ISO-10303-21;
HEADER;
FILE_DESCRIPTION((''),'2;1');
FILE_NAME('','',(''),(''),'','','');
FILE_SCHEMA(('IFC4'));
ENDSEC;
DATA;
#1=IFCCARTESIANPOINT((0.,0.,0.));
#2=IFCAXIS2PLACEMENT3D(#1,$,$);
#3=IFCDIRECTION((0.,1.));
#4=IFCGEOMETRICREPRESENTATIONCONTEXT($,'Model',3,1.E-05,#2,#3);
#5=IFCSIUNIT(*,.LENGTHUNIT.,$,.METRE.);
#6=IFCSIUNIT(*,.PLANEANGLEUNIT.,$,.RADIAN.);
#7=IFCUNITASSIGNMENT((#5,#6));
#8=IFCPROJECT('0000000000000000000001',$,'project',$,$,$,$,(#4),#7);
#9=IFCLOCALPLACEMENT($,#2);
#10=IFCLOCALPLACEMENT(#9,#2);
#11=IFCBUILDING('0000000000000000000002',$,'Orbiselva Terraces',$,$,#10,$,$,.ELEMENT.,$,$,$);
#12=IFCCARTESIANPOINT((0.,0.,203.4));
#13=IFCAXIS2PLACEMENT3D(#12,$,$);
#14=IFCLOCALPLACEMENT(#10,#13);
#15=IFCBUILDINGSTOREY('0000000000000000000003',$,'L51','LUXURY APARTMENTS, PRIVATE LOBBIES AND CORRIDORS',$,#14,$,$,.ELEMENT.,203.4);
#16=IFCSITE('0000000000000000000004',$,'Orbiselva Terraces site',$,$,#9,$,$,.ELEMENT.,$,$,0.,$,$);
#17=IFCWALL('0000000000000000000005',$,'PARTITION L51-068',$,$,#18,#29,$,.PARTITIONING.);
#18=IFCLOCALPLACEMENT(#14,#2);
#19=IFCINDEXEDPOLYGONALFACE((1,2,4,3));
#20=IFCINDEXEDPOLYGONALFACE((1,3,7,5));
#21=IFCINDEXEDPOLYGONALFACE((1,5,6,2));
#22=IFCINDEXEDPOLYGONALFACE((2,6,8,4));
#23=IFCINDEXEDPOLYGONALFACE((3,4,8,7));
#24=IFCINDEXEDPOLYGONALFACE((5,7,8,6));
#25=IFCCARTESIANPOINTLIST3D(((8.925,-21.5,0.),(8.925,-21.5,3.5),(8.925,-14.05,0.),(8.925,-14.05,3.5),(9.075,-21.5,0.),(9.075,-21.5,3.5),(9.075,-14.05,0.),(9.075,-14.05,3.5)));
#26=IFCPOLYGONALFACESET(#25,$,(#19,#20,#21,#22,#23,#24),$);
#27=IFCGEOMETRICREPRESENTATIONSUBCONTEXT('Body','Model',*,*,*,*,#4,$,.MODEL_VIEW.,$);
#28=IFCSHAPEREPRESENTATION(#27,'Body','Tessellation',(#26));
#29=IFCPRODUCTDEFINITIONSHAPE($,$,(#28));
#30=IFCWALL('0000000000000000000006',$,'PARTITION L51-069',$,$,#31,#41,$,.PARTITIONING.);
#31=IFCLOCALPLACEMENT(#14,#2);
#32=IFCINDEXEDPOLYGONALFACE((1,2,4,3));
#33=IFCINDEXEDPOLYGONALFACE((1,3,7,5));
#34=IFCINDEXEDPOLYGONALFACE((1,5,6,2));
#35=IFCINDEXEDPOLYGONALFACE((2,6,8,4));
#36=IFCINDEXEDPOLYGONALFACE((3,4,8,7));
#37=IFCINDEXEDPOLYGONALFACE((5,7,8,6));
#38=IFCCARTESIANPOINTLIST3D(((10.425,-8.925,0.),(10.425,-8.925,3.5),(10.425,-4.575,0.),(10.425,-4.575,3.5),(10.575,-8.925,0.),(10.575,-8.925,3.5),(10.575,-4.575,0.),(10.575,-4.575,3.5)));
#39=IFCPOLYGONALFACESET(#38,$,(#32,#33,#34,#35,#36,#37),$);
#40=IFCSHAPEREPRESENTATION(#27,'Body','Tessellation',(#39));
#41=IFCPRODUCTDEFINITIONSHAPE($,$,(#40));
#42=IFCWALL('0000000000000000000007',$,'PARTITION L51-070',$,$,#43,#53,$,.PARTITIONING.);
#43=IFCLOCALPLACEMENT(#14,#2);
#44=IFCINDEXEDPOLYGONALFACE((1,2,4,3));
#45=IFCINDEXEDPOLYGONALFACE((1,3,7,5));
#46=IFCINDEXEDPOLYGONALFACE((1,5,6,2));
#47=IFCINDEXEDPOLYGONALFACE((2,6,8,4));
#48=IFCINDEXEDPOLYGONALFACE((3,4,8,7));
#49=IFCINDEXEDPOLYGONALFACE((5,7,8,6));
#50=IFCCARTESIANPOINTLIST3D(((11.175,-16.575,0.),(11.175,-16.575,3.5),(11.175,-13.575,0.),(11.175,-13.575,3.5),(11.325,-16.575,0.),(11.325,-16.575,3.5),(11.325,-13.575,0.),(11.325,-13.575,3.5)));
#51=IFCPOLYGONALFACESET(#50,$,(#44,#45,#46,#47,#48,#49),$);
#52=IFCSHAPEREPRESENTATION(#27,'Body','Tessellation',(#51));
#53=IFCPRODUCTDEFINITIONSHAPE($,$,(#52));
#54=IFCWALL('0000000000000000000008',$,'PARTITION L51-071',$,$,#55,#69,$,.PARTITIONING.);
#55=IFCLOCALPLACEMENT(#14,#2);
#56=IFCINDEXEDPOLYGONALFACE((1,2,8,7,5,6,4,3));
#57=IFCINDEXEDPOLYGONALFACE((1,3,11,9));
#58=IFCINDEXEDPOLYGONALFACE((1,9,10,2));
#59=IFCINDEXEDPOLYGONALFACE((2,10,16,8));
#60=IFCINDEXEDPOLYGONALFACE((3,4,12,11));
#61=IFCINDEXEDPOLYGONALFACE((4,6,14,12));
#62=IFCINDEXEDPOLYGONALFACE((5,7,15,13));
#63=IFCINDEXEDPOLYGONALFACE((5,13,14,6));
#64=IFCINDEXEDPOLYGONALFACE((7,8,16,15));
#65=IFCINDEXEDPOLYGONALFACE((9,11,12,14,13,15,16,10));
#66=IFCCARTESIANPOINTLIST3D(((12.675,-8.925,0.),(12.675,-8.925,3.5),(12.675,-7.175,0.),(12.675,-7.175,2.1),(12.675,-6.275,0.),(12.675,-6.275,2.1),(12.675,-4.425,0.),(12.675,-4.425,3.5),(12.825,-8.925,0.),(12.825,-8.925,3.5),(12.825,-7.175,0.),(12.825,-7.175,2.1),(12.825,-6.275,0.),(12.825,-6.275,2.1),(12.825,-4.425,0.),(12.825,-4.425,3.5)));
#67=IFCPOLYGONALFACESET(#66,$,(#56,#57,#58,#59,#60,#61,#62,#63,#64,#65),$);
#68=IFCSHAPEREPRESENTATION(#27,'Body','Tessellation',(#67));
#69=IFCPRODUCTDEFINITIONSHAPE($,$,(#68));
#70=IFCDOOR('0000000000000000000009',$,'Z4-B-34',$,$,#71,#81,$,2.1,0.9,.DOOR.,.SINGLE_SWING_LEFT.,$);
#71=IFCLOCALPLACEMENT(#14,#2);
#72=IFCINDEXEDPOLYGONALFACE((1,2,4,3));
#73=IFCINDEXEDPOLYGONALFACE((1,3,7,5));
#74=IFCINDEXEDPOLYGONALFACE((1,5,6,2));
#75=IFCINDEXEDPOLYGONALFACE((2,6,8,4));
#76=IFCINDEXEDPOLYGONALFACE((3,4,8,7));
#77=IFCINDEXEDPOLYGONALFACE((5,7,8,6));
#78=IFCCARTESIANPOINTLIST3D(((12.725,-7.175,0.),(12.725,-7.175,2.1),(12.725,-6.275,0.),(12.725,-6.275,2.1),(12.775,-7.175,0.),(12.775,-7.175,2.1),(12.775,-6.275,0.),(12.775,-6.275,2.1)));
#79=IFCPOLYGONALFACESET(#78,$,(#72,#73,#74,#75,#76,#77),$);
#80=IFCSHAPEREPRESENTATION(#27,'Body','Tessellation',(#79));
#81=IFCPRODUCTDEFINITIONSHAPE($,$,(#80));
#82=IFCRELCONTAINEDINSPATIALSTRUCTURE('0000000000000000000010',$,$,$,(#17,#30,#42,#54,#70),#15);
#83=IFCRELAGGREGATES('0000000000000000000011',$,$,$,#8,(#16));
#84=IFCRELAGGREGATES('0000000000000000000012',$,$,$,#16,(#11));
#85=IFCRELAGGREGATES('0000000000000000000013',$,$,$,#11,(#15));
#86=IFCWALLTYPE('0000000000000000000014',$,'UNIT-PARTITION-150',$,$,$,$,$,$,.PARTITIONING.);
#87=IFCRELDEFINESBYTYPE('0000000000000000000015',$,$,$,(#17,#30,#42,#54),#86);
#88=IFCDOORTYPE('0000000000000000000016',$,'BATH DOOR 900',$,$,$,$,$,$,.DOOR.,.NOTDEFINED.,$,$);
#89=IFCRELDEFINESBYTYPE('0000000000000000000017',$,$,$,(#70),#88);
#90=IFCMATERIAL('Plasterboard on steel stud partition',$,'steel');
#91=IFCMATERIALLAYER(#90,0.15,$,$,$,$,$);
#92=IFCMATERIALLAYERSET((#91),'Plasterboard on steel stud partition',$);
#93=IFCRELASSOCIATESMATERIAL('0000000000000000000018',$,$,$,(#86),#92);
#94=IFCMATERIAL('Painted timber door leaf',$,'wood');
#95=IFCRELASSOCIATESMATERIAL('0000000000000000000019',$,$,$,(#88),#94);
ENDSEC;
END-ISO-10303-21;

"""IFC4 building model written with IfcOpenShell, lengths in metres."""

from ifc_helpers import new_model, si_unit, direction, frame, frame_2d, origin, place, context, subcontext, project, spatial, rectangle, extrude, material, layer, layer_set, type_object, element, fill, save


model = new_model("IFC4")

# Units and contexts
model_context = context("Model", 3, precision=1e-05, world=origin(), true_north=direction((0.0, 1.0)))
body_context = subcontext(model_context, "Body", "Model", "MODEL_VIEW")
ifc_project = project(units=[si_unit("LENGTHUNIT", "METRE"), si_unit("PLANEANGLEUNIT", "RADIAN")], contexts=[model_context])

# Site, building, storey
site_placement = place(None, origin())
site = spatial("IfcSite", under=ifc_project, at=site_placement, Name="Orbiselva Terraces site", CompositionType="ELEMENT", RefElevation=0.0)
building_placement = place(site_placement, origin())
building = spatial("IfcBuilding", under=site, at=building_placement, Name="Orbiselva Terraces", CompositionType="ELEMENT")
storey_placement = place(building_placement, frame((0.0, 0.0, 203.4)))
storey = spatial("IfcBuildingStorey", under=building, at=storey_placement, Name="L51", Description="LUXURY APARTMENTS, PRIVATE LOBBIES AND CORRIDORS", CompositionType="ELEMENT", Elevation=203.4)

# Shared definitions
ifc_material_1 = material(Name="Plasterboard on steel stud partition", Category="steel")
ifc_layer_1 = layer(ifc_material_1, 0.15)
ifc_layer_set_1 = layer_set([ifc_layer_1], Name="Plasterboard on steel stud partition")
wall_type_1 = type_object("IfcWallType", Name="UNIT-PARTITION-150", PredefinedType="PARTITIONING", material=ifc_layer_set_1)

# Shared definitions
ifc_material_2 = material(Name="Painted timber door leaf", Category="wood")
door_type_1 = type_object("IfcDoorType", Name="BATH DOOR 900", OperationType="NOTDEFINED", PredefinedType="DOOR", material=ifc_material_2)

# Walls
wall_1_placement = place(storey_placement, frame((9.0, -21.5, 0.0), z_axis=(0.0, 0.0, 1.0), x_axis=(0.0, 1.0, 0.0)))
element("IfcWall", 1, at=wall_1_placement, inside=storey, type_object=wall_type_1, Name="PARTITION L51-068", PredefinedType="PARTITIONING", context=body_context, shape_type="SweptSolid", body=[
    extrude(rectangle(XDim=7.45, YDim=0.15, at=frame_2d((3.725, 0.0))), origin(), (0.0, 0.0, 1.0), 3.5),
])
wall_2_placement = place(storey_placement, frame((10.5, -8.925, 0.0), z_axis=(0.0, 0.0, 1.0), x_axis=(0.0, 1.0, 0.0)))
element("IfcWall", 2, at=wall_2_placement, inside=storey, type_object=wall_type_1, Name="PARTITION L51-069", PredefinedType="PARTITIONING", context=body_context, shape_type="SweptSolid", body=[
    extrude(rectangle(XDim=4.35, YDim=0.15, at=frame_2d((2.175, 0.0))), origin(), (0.0, 0.0, 1.0), 3.5),
])
wall_3_placement = place(storey_placement, frame((11.25, -16.575, 0.0), z_axis=(0.0, 0.0, 1.0), x_axis=(0.0, 1.0, 0.0)))
element("IfcWall", 3, at=wall_3_placement, inside=storey, type_object=wall_type_1, Name="PARTITION L51-070", PredefinedType="PARTITIONING", context=body_context, shape_type="SweptSolid", body=[
    extrude(rectangle(XDim=3.0, YDim=0.15, at=frame_2d((1.5, 0.0))), origin(), (0.0, 0.0, 1.0), 3.5),
])

# Wall, opening, door
wall_4_placement = place(storey_placement, frame((12.75, -8.925, 0.0), z_axis=(0.0, 0.0, 1.0), x_axis=(0.0, 1.0, 0.0)))
wall_4 = element("IfcWall", 4, at=wall_4_placement, inside=storey, type_object=wall_type_1, Name="PARTITION L51-071", PredefinedType="PARTITIONING", context=body_context, shape_type="SweptSolid", body=[
    extrude(rectangle(XDim=4.5, YDim=0.15, at=frame_2d((2.25, 0.0))), origin(), (0.0, 0.0, 1.0), 3.5),
])
opening_1_placement = place(wall_4_placement, frame((1.75, 0.0, 0.0)))
opening_1 = element("IfcOpeningElement", 5, at=opening_1_placement, cuts=wall_4, PredefinedType="OPENING", context=body_context, shape_type="SweptSolid", body=[
    extrude(rectangle(XDim=0.9, YDim=2.1, at=frame_2d((0.45, 1.05))), frame((0.0, 0.085, 0.0), z_axis=(0.0, -1.0, 0.0), x_axis=(1.0, 0.0, 0.0)), (0.0, 0.0, 1.0), 0.17),
])
door_1_placement = place(opening_1_placement, origin())
door_1 = element("IfcDoor", 6, at=door_1_placement, inside=storey, type_object=door_type_1, Name="Z4-B-34", OperationType="SINGLE_SWING_LEFT", OverallHeight=2.1, OverallWidth=0.9, PredefinedType="DOOR", context=body_context, shape_type="SweptSolid", body=[
    extrude(rectangle(XDim=0.9, YDim=2.1, at=frame_2d((0.45, 1.05))), frame((0.0, 0.025, 0.0), z_axis=(0.0, -1.0, 0.0), x_axis=(1.0, 0.0, 0.0)), (0.0, 0.0, 1.0), 0.05),
])
fill(opening_1, door_1)

save(model, "model.ifc")
